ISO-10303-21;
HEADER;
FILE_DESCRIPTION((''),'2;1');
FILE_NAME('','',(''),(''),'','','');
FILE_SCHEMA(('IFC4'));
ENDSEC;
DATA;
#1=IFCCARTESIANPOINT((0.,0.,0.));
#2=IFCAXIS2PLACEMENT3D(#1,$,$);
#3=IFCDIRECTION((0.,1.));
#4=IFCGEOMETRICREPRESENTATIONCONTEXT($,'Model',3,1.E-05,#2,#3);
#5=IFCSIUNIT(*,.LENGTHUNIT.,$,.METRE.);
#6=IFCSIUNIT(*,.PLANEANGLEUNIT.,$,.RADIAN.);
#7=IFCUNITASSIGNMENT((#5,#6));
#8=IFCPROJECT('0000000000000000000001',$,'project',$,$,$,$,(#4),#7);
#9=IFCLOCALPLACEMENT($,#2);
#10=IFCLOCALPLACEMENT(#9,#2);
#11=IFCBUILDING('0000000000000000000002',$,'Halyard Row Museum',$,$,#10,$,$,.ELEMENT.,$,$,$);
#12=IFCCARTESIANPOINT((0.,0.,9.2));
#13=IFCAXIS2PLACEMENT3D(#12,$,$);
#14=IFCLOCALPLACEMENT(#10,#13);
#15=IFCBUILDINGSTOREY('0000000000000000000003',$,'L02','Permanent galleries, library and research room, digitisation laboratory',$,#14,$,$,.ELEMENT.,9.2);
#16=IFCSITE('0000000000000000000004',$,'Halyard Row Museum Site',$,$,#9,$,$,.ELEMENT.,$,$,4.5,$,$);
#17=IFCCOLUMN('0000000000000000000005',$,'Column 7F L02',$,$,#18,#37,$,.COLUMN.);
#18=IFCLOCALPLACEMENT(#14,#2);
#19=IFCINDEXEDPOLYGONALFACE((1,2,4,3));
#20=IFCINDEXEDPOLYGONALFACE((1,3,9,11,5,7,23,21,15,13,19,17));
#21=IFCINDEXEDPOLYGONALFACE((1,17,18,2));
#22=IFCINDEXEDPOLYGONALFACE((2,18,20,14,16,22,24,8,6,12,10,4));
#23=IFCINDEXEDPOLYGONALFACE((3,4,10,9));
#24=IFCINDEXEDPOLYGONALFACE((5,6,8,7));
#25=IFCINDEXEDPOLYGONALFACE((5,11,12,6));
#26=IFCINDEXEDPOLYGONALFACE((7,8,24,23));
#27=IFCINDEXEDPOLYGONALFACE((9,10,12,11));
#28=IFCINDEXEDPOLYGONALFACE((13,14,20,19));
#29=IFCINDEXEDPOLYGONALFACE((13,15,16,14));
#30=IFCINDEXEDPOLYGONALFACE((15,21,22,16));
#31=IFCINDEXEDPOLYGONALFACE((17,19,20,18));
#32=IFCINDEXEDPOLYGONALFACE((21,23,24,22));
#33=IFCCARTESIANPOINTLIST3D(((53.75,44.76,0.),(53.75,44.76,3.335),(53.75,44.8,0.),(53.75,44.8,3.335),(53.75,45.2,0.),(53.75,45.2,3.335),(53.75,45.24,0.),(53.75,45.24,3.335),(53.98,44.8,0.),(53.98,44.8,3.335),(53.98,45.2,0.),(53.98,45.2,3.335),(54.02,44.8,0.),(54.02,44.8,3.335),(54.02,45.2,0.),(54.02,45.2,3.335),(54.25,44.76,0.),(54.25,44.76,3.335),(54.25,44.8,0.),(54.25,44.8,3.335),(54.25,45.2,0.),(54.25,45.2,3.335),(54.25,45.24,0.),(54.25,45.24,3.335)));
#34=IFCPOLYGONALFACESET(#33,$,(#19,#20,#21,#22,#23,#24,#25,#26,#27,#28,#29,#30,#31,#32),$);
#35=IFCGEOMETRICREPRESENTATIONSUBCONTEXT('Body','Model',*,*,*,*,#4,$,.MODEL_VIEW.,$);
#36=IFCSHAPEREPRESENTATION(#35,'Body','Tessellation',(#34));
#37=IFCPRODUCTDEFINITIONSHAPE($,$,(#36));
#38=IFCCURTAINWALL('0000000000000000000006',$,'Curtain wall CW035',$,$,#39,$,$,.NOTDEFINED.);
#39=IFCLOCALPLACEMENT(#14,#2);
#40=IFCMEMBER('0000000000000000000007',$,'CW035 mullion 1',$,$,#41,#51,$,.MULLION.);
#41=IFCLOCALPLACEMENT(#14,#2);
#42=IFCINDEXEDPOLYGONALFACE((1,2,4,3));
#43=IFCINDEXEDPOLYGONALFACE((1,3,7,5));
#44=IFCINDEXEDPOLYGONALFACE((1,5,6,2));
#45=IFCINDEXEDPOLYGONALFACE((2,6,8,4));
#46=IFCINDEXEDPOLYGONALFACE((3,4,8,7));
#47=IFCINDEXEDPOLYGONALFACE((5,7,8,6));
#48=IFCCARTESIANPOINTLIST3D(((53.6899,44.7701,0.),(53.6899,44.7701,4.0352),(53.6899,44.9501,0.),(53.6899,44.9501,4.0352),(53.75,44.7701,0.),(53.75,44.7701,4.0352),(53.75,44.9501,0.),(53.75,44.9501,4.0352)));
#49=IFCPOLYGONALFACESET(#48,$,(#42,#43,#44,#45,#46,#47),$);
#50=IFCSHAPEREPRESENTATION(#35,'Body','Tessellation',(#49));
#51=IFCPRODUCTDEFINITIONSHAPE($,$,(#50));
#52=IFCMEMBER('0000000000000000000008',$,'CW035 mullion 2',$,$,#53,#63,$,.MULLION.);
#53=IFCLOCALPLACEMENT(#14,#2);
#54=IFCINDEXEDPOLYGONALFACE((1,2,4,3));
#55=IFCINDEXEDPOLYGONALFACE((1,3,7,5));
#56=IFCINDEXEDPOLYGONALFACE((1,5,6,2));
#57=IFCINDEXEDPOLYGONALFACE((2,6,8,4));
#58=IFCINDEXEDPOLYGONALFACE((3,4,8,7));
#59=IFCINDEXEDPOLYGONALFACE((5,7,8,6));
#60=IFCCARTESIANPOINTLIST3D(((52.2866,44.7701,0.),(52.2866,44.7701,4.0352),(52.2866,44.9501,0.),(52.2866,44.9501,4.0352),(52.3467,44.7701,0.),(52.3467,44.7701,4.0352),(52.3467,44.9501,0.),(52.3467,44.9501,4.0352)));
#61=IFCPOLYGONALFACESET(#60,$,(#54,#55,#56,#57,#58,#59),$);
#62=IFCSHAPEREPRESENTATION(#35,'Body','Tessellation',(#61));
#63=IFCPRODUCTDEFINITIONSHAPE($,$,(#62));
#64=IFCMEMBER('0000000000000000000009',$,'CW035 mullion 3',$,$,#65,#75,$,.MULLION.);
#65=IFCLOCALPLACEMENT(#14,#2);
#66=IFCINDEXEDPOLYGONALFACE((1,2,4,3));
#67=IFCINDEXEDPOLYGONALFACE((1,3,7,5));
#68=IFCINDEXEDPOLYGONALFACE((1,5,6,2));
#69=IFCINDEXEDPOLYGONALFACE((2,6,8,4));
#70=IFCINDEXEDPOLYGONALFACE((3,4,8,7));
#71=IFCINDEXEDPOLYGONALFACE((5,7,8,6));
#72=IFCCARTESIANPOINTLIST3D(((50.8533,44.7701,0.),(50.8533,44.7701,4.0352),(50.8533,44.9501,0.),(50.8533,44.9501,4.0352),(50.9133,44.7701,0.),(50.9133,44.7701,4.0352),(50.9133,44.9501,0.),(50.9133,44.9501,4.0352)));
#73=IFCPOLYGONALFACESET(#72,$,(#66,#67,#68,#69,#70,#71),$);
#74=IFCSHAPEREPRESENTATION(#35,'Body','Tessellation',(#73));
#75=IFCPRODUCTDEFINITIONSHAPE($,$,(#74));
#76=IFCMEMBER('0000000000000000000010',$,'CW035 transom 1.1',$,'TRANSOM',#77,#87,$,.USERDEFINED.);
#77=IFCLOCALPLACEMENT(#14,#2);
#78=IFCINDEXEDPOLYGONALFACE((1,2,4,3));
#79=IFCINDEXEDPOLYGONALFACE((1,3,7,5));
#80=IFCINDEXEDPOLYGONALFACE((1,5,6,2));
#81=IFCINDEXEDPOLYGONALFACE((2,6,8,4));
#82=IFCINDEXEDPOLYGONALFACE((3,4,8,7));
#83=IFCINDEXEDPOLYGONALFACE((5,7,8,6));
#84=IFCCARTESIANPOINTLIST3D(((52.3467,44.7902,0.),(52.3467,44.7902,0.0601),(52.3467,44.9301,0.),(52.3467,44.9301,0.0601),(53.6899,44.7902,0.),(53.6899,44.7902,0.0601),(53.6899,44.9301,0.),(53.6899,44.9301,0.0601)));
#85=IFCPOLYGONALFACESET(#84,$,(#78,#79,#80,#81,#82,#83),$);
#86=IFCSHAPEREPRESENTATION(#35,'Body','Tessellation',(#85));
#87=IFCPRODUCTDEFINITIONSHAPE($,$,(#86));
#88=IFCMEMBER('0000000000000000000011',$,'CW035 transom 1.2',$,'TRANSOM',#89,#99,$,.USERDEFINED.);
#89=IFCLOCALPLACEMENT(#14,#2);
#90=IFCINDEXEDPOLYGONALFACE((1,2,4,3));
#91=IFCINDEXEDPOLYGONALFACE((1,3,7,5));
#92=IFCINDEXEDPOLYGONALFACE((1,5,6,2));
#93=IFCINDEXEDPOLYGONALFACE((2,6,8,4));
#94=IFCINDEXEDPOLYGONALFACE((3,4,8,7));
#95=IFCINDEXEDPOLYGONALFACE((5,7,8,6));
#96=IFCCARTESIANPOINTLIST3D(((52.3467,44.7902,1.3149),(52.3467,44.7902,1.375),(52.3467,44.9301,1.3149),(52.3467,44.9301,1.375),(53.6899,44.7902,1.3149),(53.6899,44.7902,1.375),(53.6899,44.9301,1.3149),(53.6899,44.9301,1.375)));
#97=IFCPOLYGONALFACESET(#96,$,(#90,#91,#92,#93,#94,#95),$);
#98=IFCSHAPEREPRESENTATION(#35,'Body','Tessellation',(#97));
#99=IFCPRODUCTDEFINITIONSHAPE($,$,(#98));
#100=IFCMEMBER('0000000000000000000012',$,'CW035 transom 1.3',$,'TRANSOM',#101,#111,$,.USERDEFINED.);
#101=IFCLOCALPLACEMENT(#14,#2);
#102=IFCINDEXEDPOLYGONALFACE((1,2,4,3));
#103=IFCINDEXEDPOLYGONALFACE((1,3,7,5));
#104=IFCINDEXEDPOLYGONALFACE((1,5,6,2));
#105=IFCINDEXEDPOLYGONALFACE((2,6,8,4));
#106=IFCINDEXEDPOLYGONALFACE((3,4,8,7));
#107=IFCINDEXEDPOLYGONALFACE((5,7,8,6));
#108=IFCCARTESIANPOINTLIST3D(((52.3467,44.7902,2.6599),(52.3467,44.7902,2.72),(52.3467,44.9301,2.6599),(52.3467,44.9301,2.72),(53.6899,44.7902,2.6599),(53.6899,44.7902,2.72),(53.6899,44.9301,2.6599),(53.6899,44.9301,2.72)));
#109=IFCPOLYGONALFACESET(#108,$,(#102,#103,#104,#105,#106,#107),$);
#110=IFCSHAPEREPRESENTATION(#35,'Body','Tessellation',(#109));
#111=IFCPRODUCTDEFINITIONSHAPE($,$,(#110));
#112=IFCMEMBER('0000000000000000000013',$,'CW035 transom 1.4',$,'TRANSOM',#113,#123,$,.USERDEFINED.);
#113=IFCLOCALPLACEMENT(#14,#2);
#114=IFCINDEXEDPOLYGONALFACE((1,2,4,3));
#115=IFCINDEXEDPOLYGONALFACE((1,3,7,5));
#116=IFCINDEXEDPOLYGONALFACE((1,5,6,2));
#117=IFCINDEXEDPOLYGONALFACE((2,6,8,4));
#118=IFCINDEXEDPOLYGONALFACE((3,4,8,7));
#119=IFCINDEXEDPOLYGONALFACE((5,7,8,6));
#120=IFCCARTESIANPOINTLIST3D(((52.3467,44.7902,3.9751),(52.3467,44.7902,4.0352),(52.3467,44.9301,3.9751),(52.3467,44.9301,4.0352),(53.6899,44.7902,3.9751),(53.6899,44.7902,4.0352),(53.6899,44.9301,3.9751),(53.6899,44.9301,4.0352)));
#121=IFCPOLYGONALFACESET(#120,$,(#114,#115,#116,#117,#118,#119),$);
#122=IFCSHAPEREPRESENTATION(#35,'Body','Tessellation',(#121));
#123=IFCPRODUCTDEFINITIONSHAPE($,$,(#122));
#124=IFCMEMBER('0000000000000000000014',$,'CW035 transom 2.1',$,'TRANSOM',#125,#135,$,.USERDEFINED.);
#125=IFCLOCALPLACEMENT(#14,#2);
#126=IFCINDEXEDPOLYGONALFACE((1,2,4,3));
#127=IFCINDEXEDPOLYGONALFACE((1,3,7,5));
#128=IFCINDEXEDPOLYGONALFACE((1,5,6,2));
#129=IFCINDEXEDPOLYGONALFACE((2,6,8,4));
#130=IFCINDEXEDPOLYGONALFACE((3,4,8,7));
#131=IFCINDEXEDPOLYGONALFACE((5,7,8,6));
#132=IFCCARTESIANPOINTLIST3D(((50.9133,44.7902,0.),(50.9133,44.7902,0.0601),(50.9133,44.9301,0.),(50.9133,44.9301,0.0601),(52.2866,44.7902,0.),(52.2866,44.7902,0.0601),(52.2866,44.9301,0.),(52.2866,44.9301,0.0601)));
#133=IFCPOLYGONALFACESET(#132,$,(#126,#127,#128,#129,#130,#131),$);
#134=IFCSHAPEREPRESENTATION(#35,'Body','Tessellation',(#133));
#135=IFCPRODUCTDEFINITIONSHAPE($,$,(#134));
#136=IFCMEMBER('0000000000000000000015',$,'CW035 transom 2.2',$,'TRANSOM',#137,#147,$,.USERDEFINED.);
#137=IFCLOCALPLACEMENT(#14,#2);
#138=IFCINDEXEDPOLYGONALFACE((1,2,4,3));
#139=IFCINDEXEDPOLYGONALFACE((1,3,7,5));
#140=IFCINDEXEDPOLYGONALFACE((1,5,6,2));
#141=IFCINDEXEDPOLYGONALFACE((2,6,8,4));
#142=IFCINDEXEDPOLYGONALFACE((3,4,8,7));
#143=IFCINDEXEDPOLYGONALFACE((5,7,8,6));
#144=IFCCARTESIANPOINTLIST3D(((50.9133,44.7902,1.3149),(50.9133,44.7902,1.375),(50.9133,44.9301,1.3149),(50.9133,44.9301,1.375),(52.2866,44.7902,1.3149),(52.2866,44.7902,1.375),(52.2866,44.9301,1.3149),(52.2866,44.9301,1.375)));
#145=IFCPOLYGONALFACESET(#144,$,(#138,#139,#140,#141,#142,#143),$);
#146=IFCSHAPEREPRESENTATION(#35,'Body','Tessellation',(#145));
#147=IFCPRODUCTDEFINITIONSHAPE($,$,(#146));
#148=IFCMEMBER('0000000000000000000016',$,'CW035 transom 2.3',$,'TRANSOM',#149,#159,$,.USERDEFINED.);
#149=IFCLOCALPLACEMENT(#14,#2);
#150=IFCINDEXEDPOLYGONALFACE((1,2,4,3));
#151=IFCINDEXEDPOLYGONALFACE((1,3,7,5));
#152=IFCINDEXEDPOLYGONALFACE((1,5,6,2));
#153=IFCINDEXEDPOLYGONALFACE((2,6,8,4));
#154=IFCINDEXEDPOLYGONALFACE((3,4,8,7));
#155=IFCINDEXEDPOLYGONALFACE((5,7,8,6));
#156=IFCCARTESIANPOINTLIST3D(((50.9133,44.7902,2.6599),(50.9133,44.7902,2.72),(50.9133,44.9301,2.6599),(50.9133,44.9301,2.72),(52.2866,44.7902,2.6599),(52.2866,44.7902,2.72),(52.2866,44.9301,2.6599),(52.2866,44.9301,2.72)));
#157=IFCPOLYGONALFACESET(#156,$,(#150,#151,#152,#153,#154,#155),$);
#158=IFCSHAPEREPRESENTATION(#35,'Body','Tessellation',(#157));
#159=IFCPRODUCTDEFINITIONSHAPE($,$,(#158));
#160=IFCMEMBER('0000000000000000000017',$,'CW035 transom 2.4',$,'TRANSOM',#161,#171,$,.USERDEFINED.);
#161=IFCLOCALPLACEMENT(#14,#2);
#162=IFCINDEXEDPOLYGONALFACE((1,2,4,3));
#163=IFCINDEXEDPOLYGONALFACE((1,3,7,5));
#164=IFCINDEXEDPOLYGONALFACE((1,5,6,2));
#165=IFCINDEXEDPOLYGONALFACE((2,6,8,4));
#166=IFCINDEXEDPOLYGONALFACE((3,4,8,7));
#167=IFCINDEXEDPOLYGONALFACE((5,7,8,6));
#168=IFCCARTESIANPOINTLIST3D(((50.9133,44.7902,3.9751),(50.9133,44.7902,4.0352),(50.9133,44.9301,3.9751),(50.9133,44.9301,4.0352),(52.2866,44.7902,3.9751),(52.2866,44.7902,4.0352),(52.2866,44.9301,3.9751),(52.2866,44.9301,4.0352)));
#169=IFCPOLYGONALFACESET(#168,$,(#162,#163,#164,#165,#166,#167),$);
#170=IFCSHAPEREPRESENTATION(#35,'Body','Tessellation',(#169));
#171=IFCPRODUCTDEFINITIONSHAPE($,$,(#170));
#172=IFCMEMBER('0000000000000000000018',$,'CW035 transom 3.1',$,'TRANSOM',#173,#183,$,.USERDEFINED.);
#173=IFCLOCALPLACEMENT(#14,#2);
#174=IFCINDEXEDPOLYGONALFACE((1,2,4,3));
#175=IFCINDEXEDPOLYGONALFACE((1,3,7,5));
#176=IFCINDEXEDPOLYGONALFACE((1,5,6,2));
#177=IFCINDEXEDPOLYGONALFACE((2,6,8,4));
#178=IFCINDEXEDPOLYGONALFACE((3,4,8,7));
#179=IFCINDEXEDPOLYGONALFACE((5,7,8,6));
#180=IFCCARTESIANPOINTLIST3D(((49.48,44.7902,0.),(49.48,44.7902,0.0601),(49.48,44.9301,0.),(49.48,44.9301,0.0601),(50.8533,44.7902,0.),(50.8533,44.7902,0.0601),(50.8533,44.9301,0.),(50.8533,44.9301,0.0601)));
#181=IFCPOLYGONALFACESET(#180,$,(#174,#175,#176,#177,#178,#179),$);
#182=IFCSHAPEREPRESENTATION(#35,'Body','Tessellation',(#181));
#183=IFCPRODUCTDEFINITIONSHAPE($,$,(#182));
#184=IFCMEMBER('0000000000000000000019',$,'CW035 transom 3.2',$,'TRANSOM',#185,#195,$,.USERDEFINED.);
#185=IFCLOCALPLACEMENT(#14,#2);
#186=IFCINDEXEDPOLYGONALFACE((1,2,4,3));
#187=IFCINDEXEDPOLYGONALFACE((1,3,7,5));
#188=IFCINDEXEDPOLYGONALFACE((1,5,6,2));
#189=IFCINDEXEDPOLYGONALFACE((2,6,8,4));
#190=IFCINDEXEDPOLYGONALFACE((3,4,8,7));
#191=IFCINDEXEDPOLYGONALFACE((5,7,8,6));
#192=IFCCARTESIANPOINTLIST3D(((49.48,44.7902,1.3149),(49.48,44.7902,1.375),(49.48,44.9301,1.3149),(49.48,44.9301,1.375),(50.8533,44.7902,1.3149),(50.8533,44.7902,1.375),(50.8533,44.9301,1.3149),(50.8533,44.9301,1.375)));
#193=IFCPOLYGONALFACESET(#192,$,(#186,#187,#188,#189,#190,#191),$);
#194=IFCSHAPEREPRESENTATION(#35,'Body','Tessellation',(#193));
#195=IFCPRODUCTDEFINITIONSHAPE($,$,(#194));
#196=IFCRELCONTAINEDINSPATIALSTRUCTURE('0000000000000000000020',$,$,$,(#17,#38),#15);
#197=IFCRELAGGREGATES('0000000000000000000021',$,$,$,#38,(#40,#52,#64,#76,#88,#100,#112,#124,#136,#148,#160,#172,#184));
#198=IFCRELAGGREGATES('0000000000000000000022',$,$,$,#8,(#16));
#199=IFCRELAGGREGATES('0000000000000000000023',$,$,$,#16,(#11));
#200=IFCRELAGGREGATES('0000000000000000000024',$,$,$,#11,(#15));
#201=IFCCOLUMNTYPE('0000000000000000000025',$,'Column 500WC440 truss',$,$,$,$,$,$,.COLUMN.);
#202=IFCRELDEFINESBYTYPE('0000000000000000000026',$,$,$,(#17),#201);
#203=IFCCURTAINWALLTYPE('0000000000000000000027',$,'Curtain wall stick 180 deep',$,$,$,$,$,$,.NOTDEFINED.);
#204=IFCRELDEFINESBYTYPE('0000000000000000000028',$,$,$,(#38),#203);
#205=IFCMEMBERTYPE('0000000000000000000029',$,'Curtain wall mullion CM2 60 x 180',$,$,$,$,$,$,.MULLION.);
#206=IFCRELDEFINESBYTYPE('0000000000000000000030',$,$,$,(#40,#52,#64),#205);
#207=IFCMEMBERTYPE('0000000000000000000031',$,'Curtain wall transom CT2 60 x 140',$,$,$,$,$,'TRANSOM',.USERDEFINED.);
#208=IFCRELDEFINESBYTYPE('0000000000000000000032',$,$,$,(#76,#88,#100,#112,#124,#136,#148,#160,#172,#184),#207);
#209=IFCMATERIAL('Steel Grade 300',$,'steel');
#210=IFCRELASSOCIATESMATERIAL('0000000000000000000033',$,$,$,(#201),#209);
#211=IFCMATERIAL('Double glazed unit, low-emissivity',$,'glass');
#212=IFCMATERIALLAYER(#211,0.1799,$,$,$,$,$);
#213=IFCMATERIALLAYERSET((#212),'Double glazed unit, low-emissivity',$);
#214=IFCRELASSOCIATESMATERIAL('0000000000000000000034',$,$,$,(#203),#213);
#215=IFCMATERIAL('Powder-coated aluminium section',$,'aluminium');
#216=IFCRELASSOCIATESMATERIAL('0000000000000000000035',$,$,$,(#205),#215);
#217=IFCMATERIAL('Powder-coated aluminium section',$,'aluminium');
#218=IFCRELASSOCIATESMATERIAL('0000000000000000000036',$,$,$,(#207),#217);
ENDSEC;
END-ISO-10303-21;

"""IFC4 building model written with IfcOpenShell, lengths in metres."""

from ifc_helpers import new_model, si_unit, direction, frame, origin, origin_2d, place, context, subcontext, project, spatial, rectangle, i_section, extrude, material, layer, layer_set, material_profile, profile_set, type_object, element, aggregate, save


model = new_model("IFC4")

# Units and contexts
model_context = context("Model", 3, precision=1e-05, world=origin(), true_north=direction((0.0, 1.0)))
body_context = subcontext(model_context, "Body", "Model", "MODEL_VIEW")
ifc_project = project(units=[si_unit("LENGTHUNIT", "METRE"), si_unit("PLANEANGLEUNIT", "RADIAN")], contexts=[model_context])

# Site, building, storey
site_placement = place(None, origin())
site = spatial("IfcSite", under=ifc_project, at=site_placement, Name="Halyard Row Museum Site", CompositionType="ELEMENT", RefElevation=4.5)
building_placement = place(site_placement, origin())
building = spatial("IfcBuilding", under=site, at=building_placement, Name="Halyard Row Museum", CompositionType="ELEMENT")
storey_placement = place(building_placement, frame((0.0, 0.0, 9.2)))
storey = spatial("IfcBuildingStorey", under=building, at=storey_placement, Name="L02", Description="Permanent galleries, library and research room, digitisation laboratory", CompositionType="ELEMENT", Elevation=9.2)

# Column
ifc_material_1 = material(Name="Steel Grade 300", Category="steel")
ifc_material_profile_1 = material_profile(ifc_material_1, i_section(OverallWidth=0.5, OverallDepth=0.48, WebThickness=0.04, FlangeThickness=0.04, at=origin_2d()), Name="500WC440")
ifc_profile_set_1 = profile_set([ifc_material_profile_1], Name="Steel Grade 300")
column_type = type_object("IfcColumnType", Name="Column 500WC440 truss", PredefinedType="COLUMN", material=ifc_profile_set_1)
column_placement = place(storey_placement, frame((54.0, 45.0, 0.0), z_axis=(0.0, 0.0, 1.0), x_axis=(1.0, 0.0, 0.0)))
element("IfcColumn", 1, at=column_placement, inside=storey, type_object=column_type, Name="Column 7F L02", PredefinedType="COLUMN", context=body_context, shape_type="SweptSolid", body=[
    extrude(i_section(OverallWidth=0.5, OverallDepth=0.48, WebThickness=0.04, FlangeThickness=0.04, at=origin_2d()), origin(), (0.0, 0.0, 1.0), 3.335),
])

# Curtain wall, members
ifc_material_2 = material(Name="Double glazed unit, low-emissivity", Category="glass")
ifc_layer_1 = layer(ifc_material_2, 0.1799)
ifc_layer_set_1 = layer_set([ifc_layer_1], Name="Double glazed unit, low-emissivity")
curtain_wall_type = type_object("IfcCurtainWallType", Name="Curtain wall stick 180 deep", PredefinedType="NOTDEFINED", material=ifc_layer_set_1)
curtain_wall_placement = place(storey_placement, origin())
curtain_wall = element("IfcCurtainWall", 2, at=curtain_wall_placement, inside=storey, type_object=curtain_wall_type, Name="Curtain wall CW035", PredefinedType="NOTDEFINED")
ifc_material_3 = material(Name="Powder-coated aluminium section", Category="aluminium")
ifc_material_profile_2 = material_profile(ifc_material_3, rectangle(XDim=0.1799, YDim=0.0601, at=origin_2d()), Name="180x60 mullion")
ifc_profile_set_2 = profile_set([ifc_material_profile_2], Name="Powder-coated aluminium section")
member_type_1 = type_object("IfcMemberType", Name="Curtain wall mullion CM2 60 x 180", PredefinedType="MULLION", material=ifc_profile_set_2)
member_1_placement = place(storey_placement, frame((53.72, 44.8601, 0.0), z_axis=(0.0, 0.0, 1.0), x_axis=(0.0, -1.0, 0.0)))
member_1 = element("IfcMember", 3, at=member_1_placement, type_object=member_type_1, Name="CW035 mullion 1", PredefinedType="MULLION", context=body_context, shape_type="SweptSolid", body=[
    extrude(rectangle(XDim=0.1799, YDim=0.0601, at=origin_2d()), origin(), (0.0, 0.0, 1.0), 4.0352),
])
member_2_placement = place(storey_placement, frame((52.3167, 44.8601, 0.0), z_axis=(0.0, 0.0, 1.0), x_axis=(0.0, -1.0, 0.0)))
member_2 = element("IfcMember", 4, at=member_2_placement, type_object=member_type_1, Name="CW035 mullion 2", PredefinedType="MULLION", context=body_context, shape_type="SweptSolid", body=[
    extrude(rectangle(XDim=0.1799, YDim=0.0601, at=origin_2d()), origin(), (0.0, 0.0, 1.0), 4.0352),
])
member_3_placement = place(storey_placement, frame((50.8833, 44.8601, 0.0), z_axis=(0.0, 0.0, 1.0), x_axis=(0.0, -1.0, 0.0)))
member_3 = element("IfcMember", 5, at=member_3_placement, type_object=member_type_1, Name="CW035 mullion 3", PredefinedType="MULLION", context=body_context, shape_type="SweptSolid", body=[
    extrude(rectangle(XDim=0.1799, YDim=0.0601, at=origin_2d()), origin(), (0.0, 0.0, 1.0), 4.0352),
])
ifc_material_4 = material(Name="Powder-coated aluminium section", Category="aluminium")
ifc_material_profile_3 = material_profile(ifc_material_4, rectangle(XDim=0.1399, YDim=0.0601, at=origin_2d()), Name="140x60 transom")
ifc_profile_set_3 = profile_set([ifc_material_profile_3], Name="Powder-coated aluminium section")
member_type_2 = type_object("IfcMemberType", Name="Curtain wall transom CT2 60 x 140", ElementType="TRANSOM", PredefinedType="USERDEFINED", material=ifc_profile_set_3)
member_4_placement = place(storey_placement, frame((53.6899, 44.8601, 0.03), z_axis=(-1.0, 0.0, 0.0), x_axis=(0.0, -1.0, 0.0)))
member_4 = element("IfcMember", 6, at=member_4_placement, type_object=member_type_2, Name="CW035 transom 1.1", ObjectType="TRANSOM", PredefinedType="USERDEFINED", context=body_context, shape_type="SweptSolid", body=[
    extrude(rectangle(XDim=0.1399, YDim=0.0601, at=origin_2d()), origin(), (0.0, 0.0, 1.0), 1.3433),
])
member_5_placement = place(storey_placement, frame((53.6899, 44.8601, 1.345), z_axis=(-1.0, 0.0, 0.0), x_axis=(0.0, -1.0, 0.0)))
member_5 = element("IfcMember", 7, at=member_5_placement, type_object=member_type_2, Name="CW035 transom 1.2", ObjectType="TRANSOM", PredefinedType="USERDEFINED", context=body_context, shape_type="SweptSolid", body=[
    extrude(rectangle(XDim=0.1399, YDim=0.0601, at=origin_2d()), origin(), (0.0, 0.0, 1.0), 1.3433),
])
member_6_placement = place(storey_placement, frame((53.6899, 44.8601, 2.6899), z_axis=(-1.0, 0.0, 0.0), x_axis=(0.0, -1.0, 0.0)))
member_6 = element("IfcMember", 8, at=member_6_placement, type_object=member_type_2, Name="CW035 transom 1.3", ObjectType="TRANSOM", PredefinedType="USERDEFINED", context=body_context, shape_type="SweptSolid", body=[
    extrude(rectangle(XDim=0.1399, YDim=0.0601, at=origin_2d()), origin(), (0.0, 0.0, 1.0), 1.3433),
])
member_7_placement = place(storey_placement, frame((53.6899, 44.8601, 4.0051), z_axis=(-1.0, 0.0, 0.0), x_axis=(0.0, -1.0, 0.0)))
member_7 = element("IfcMember", 9, at=member_7_placement, type_object=member_type_2, Name="CW035 transom 1.4", ObjectType="TRANSOM", PredefinedType="USERDEFINED", context=body_context, shape_type="SweptSolid", body=[
    extrude(rectangle(XDim=0.1399, YDim=0.0601, at=origin_2d()), origin(), (0.0, 0.0, 1.0), 1.3433),
])
member_8_placement = place(storey_placement, frame((52.2866, 44.8601, 0.03), z_axis=(-1.0, 0.0, 0.0), x_axis=(0.0, -1.0, 0.0)))
member_8 = element("IfcMember", 10, at=member_8_placement, type_object=member_type_2, Name="CW035 transom 2.1", ObjectType="TRANSOM", PredefinedType="USERDEFINED", context=body_context, shape_type="SweptSolid", body=[
    extrude(rectangle(XDim=0.1399, YDim=0.0601, at=origin_2d()), origin(), (0.0, 0.0, 1.0), 1.3733),
])
member_9_placement = place(storey_placement, frame((52.2866, 44.8601, 1.345), z_axis=(-1.0, 0.0, 0.0), x_axis=(0.0, -1.0, 0.0)))
member_9 = element("IfcMember", 11, at=member_9_placement, type_object=member_type_2, Name="CW035 transom 2.2", ObjectType="TRANSOM", PredefinedType="USERDEFINED", context=body_context, shape_type="SweptSolid", body=[
    extrude(rectangle(XDim=0.1399, YDim=0.0601, at=origin_2d()), origin(), (0.0, 0.0, 1.0), 1.3733),
])
member_10_placement = place(storey_placement, frame((52.2866, 44.8601, 2.6899), z_axis=(-1.0, 0.0, 0.0), x_axis=(0.0, -1.0, 0.0)))
member_10 = element("IfcMember", 12, at=member_10_placement, type_object=member_type_2, Name="CW035 transom 2.3", ObjectType="TRANSOM", PredefinedType="USERDEFINED", context=body_context, shape_type="SweptSolid", body=[
    extrude(rectangle(XDim=0.1399, YDim=0.0601, at=origin_2d()), origin(), (0.0, 0.0, 1.0), 1.3733),
])
member_11_placement = place(storey_placement, frame((52.2866, 44.8601, 4.0051), z_axis=(-1.0, 0.0, 0.0), x_axis=(0.0, -1.0, 0.0)))
member_11 = element("IfcMember", 13, at=member_11_placement, type_object=member_type_2, Name="CW035 transom 2.4", ObjectType="TRANSOM", PredefinedType="USERDEFINED", context=body_context, shape_type="SweptSolid", body=[
    extrude(rectangle(XDim=0.1399, YDim=0.0601, at=origin_2d()), origin(), (0.0, 0.0, 1.0), 1.3733),
])
member_12_placement = place(storey_placement, frame((50.8533, 44.8601, 0.03), z_axis=(-1.0, 0.0, 0.0), x_axis=(0.0, -1.0, 0.0)))
member_12 = element("IfcMember", 14, at=member_12_placement, type_object=member_type_2, Name="CW035 transom 3.1", ObjectType="TRANSOM", PredefinedType="USERDEFINED", context=body_context, shape_type="SweptSolid", body=[
    extrude(rectangle(XDim=0.1399, YDim=0.0601, at=origin_2d()), origin(), (0.0, 0.0, 1.0), 1.3733),
])
member_13_placement = place(storey_placement, frame((50.8533, 44.8601, 1.345), z_axis=(-1.0, 0.0, 0.0), x_axis=(0.0, -1.0, 0.0)))
member_13 = element("IfcMember", 15, at=member_13_placement, type_object=member_type_2, Name="CW035 transom 3.2", ObjectType="TRANSOM", PredefinedType="USERDEFINED", context=body_context, shape_type="SweptSolid", body=[
    extrude(rectangle(XDim=0.1399, YDim=0.0601, at=origin_2d()), origin(), (0.0, 0.0, 1.0), 1.3733),
])

aggregate(curtain_wall, [member_1, member_2, member_3, member_4, member_5, member_6, member_7, member_8, member_9, member_10, member_11, member_12, member_13])

save(model, "model.ifc")
